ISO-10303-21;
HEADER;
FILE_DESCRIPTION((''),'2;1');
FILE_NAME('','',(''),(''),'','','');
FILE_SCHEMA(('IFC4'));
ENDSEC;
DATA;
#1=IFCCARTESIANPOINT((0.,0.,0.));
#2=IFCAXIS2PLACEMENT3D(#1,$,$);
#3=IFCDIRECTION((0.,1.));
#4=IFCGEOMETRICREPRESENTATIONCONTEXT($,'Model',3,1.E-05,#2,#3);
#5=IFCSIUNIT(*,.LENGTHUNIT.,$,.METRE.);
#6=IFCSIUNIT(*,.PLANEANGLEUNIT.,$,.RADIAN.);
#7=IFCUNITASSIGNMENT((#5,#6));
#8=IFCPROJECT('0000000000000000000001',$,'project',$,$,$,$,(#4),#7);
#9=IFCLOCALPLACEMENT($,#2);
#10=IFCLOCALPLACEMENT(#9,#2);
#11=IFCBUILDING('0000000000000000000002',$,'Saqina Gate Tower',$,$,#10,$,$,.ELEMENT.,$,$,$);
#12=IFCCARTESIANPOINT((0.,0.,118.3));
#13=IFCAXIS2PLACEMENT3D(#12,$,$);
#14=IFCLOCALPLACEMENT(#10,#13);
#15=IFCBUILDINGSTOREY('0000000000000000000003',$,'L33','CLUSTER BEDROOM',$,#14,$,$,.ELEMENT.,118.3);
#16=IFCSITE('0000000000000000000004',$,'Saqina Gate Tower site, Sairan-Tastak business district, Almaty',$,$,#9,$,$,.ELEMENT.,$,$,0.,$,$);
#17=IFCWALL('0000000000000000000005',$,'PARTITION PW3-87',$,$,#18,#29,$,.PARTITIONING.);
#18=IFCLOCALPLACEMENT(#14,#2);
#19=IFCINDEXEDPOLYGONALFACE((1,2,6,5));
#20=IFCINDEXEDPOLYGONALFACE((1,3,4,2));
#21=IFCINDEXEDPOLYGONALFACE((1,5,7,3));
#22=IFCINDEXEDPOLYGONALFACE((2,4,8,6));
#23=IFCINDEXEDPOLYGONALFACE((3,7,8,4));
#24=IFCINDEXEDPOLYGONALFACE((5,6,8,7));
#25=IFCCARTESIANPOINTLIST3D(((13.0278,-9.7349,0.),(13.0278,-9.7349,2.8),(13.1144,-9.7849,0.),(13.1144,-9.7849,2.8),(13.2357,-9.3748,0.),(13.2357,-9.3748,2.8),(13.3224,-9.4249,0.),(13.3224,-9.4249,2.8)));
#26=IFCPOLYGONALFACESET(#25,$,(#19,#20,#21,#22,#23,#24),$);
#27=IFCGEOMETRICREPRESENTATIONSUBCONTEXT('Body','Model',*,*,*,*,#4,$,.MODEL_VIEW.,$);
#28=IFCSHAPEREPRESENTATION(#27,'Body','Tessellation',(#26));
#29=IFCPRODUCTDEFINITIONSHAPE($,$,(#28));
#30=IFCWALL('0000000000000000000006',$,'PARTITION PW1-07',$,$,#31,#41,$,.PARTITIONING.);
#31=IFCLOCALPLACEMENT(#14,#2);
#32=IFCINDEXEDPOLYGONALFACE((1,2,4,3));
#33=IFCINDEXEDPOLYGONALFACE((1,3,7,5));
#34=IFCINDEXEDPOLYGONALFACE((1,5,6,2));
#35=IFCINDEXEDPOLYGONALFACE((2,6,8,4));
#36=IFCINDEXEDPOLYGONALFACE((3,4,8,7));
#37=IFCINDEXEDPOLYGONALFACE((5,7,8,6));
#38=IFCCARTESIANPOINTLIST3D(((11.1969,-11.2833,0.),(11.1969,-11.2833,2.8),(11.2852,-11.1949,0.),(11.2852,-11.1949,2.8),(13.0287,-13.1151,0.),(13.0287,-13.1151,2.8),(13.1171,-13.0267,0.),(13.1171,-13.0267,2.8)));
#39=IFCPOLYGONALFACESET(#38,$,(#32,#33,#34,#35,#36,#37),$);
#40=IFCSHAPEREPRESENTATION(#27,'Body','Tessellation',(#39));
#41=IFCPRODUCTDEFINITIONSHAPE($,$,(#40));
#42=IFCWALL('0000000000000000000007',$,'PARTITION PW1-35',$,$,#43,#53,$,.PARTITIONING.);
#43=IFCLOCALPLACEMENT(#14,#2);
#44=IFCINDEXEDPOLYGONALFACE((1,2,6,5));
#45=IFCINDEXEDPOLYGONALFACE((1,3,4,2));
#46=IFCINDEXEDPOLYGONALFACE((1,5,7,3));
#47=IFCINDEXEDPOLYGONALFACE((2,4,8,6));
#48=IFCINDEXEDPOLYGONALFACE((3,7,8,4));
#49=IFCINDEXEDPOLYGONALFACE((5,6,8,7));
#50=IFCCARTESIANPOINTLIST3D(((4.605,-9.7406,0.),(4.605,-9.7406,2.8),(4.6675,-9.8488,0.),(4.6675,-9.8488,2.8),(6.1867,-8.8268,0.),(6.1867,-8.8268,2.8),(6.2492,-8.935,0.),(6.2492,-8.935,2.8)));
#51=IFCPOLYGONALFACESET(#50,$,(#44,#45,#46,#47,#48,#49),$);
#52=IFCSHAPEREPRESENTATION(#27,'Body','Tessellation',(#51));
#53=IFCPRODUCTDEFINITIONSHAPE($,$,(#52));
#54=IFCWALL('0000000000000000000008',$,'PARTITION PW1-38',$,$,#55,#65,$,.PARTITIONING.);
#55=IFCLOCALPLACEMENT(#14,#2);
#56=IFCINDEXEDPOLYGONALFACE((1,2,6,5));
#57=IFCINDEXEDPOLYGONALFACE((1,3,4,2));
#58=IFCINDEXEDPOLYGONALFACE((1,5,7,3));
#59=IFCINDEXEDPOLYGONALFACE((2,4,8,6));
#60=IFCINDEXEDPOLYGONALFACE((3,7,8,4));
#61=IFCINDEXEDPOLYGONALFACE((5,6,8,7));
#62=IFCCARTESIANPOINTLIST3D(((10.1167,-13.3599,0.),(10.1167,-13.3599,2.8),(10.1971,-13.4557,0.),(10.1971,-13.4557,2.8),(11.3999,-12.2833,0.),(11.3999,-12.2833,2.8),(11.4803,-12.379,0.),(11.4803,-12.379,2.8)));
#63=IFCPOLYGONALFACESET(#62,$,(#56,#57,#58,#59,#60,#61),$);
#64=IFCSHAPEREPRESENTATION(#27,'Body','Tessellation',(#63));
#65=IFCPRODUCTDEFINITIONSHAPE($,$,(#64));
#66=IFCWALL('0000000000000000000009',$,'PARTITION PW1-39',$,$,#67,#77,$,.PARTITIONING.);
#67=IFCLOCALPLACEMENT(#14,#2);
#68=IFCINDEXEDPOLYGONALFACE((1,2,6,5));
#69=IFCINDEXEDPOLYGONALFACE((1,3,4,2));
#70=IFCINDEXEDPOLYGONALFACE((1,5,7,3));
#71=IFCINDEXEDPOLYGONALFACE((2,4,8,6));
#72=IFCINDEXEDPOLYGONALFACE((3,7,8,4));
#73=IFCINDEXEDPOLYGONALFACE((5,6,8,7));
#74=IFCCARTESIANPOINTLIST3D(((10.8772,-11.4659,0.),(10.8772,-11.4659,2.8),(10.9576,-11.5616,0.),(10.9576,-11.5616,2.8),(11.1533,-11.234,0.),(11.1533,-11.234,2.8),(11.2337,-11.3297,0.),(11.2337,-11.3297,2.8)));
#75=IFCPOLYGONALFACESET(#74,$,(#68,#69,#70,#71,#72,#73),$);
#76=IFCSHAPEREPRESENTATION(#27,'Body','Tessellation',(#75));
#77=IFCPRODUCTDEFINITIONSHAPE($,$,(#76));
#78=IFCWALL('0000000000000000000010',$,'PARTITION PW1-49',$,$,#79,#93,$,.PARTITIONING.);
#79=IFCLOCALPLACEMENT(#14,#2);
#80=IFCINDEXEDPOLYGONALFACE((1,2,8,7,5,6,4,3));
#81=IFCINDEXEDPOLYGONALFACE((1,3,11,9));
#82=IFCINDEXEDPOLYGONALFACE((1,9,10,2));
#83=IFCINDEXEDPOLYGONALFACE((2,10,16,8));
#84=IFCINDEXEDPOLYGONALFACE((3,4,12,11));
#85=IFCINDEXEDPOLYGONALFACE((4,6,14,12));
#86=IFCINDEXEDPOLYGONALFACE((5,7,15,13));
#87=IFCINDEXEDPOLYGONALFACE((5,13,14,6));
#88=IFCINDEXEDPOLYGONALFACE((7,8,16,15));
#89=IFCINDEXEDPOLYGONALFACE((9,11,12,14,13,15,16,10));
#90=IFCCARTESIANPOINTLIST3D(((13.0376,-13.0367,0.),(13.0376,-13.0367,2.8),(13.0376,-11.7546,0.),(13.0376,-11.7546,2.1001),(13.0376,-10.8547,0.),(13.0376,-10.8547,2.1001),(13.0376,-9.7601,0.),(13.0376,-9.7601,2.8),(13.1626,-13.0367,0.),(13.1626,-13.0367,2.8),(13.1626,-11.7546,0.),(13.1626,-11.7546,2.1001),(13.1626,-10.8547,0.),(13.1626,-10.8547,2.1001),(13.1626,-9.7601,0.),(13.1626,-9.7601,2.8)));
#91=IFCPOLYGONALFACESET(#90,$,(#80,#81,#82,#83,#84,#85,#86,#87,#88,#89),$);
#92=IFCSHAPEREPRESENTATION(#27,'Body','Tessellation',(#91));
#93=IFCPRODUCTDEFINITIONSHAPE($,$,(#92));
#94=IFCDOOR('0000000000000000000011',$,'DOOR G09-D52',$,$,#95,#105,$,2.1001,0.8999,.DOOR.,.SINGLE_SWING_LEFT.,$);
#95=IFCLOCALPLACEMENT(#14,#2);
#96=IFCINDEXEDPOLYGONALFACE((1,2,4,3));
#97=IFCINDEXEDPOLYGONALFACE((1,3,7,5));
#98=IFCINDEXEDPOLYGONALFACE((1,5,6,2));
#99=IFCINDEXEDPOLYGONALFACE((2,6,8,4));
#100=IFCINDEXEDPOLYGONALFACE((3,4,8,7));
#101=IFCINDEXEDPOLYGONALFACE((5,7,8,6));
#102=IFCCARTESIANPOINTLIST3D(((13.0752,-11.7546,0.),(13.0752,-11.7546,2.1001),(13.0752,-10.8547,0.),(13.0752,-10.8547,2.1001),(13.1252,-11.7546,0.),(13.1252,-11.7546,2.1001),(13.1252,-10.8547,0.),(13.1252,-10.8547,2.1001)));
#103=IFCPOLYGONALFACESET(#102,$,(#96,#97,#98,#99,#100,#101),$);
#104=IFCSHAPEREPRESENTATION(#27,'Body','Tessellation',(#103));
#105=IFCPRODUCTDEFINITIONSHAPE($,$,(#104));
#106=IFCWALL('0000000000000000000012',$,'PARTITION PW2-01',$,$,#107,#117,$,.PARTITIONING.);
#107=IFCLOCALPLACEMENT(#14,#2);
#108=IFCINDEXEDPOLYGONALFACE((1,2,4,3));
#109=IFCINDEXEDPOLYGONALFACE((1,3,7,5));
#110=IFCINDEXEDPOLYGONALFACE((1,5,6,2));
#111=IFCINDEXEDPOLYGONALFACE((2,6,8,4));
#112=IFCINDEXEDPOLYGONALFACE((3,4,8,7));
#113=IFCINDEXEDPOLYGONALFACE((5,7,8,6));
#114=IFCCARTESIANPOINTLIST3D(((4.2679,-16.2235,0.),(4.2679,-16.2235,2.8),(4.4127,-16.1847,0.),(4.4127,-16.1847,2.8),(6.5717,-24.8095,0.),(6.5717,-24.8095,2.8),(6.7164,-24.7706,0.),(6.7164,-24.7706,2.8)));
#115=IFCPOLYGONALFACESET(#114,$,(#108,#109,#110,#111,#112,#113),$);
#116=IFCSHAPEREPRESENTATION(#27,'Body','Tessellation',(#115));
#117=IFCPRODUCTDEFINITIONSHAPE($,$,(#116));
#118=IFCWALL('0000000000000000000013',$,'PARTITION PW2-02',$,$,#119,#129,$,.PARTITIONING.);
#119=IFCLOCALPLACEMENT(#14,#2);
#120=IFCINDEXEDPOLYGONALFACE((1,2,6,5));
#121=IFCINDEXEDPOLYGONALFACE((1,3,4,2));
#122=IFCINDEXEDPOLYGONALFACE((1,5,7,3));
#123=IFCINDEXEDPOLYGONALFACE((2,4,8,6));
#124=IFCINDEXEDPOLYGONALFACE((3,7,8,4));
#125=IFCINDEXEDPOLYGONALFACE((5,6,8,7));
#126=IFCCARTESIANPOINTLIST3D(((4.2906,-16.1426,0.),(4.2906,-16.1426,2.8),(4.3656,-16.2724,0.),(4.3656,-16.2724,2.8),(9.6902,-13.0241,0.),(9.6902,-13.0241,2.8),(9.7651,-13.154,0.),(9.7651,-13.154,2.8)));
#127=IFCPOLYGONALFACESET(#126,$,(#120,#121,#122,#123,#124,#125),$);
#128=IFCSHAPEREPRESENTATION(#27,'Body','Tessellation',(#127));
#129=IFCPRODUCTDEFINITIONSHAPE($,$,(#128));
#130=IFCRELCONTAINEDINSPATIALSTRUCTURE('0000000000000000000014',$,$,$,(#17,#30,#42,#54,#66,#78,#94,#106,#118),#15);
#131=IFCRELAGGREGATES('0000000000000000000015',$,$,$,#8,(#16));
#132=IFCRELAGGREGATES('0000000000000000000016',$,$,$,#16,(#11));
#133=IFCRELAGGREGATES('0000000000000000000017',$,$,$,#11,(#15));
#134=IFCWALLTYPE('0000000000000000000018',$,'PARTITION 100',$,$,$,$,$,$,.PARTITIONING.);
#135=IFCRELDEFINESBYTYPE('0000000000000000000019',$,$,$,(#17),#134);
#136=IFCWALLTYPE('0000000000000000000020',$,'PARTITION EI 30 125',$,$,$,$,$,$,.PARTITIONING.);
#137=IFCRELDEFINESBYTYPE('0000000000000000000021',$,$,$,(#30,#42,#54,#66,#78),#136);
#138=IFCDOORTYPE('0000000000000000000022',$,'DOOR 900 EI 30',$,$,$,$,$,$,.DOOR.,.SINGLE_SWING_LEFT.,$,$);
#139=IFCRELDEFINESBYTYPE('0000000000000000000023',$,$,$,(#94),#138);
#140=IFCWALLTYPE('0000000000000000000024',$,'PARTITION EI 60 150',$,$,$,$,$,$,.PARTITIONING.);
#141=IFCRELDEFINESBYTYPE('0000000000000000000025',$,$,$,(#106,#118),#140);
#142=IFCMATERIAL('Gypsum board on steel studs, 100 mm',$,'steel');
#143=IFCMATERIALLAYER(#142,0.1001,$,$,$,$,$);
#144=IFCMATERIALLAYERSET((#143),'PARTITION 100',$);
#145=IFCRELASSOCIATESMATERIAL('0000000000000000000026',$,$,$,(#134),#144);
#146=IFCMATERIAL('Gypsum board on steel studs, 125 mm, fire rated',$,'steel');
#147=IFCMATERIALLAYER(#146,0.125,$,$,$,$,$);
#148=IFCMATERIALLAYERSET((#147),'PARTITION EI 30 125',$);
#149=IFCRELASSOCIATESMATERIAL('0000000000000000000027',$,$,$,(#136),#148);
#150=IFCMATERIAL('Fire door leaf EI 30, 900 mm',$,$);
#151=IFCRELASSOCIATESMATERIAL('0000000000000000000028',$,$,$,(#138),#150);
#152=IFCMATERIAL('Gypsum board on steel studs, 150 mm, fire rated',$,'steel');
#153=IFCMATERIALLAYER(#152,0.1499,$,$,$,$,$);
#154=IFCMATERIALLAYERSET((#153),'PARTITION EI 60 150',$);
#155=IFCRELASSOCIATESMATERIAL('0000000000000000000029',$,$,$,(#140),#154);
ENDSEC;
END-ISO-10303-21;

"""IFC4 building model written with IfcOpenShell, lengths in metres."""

from ifc_helpers import new_model, si_unit, direction, frame, frame_2d, origin, place, context, subcontext, project, spatial, rectangle, extrude, material, layer, layer_set, type_object, element, fill, save


model = new_model("IFC4")

# Units and contexts
model_context = context("Model", 3, precision=1e-05, world=origin(), true_north=direction((0.0, 1.0)))
body_context = subcontext(model_context, "Body", "Model", "MODEL_VIEW")
ifc_project = project(units=[si_unit("LENGTHUNIT", "METRE"), si_unit("PLANEANGLEUNIT", "RADIAN")], contexts=[model_context])

# Site, building, storey
site_placement = place(None, origin())
site = spatial("IfcSite", under=ifc_project, at=site_placement, Name="Saqina Gate Tower site, Sairan-Tastak business district, Almaty", CompositionType="ELEMENT", RefElevation=0.0)
building_placement = place(site_placement, origin())
building = spatial("IfcBuilding", under=site, at=building_placement, Name="Saqina Gate Tower", CompositionType="ELEMENT")
storey_placement = place(building_placement, frame((0.0, 0.0, 118.3)))
storey = spatial("IfcBuildingStorey", under=building, at=storey_placement, Name="L33", Description="CLUSTER BEDROOM", CompositionType="ELEMENT", Elevation=118.3)

# Shared definitions
ifc_material_1 = material(Name="Gypsum board on steel studs, 100 mm", Category="steel")
ifc_layer_1 = layer(ifc_material_1, 0.1001)
ifc_layer_set_1 = layer_set([ifc_layer_1], Name="PARTITION 100")
wall_type_1 = type_object("IfcWallType", Name="PARTITION 100", PredefinedType="PARTITIONING", material=ifc_layer_set_1)

# Walls
wall_1_placement = place(storey_placement, frame((13.071, -9.76, 0.0), z_axis=(0.0, 0.0, 1.0), x_axis=(0.50018, 0.865922, 0.0)))
element("IfcWall", 1, at=wall_1_placement, inside=storey, type_object=wall_type_1, Name="PARTITION PW3-87", PredefinedType="PARTITIONING", context=body_context, shape_type="SweptSolid", body=[
    extrude(rectangle(XDim=0.4158, YDim=0.1001, at=frame_2d((0.208, 0.0))), origin(), (0.0, 0.0, 1.0), 2.8),
])
ifc_material_2 = material(Name="Gypsum board on steel studs, 125 mm, fire rated", Category="steel")
ifc_layer_2 = layer(ifc_material_2, 0.125)
ifc_layer_set_2 = layer_set([ifc_layer_2], Name="PARTITION EI 30 125")
wall_type_2 = type_object("IfcWallType", Name="PARTITION EI 30 125", PredefinedType="PARTITIONING", material=ifc_layer_set_2)
wall_2_placement = place(storey_placement, frame((11.241, -11.239, 0.0), z_axis=(0.0, 0.0, 1.0), x_axis=(0.707107, -0.707107, 0.0)))
element("IfcWall", 2, at=wall_2_placement, inside=storey, type_object=wall_type_2, Name="PARTITION PW1-07", PredefinedType="PARTITIONING", context=body_context, shape_type="SweptSolid", body=[
    extrude(rectangle(XDim=2.5906, YDim=0.125, at=frame_2d((1.2954, 0.0))), origin(), (0.0, 0.0, 1.0), 2.8),
])
wall_3_placement = place(storey_placement, frame((4.6362, -9.7947, 0.0), z_axis=(0.0, 0.0, 1.0), x_axis=(0.86589, 0.500235, 0.0)))
element("IfcWall", 3, at=wall_3_placement, inside=storey, type_object=wall_type_2, Name="PARTITION PW1-35", PredefinedType="PARTITIONING", context=body_context, shape_type="SweptSolid", body=[
    extrude(rectangle(XDim=1.8267, YDim=0.125, at=frame_2d((0.9133, 0.0))), origin(), (0.0, 0.0, 1.0), 2.8),
])
wall_4_placement = place(storey_placement, frame((10.157, -13.4077, 0.0), z_axis=(0.0, 0.0, 1.0), x_axis=(0.766067, 0.642761, 0.0)))
element("IfcWall", 4, at=wall_4_placement, inside=storey, type_object=wall_type_2, Name="PARTITION PW1-38", PredefinedType="PARTITIONING", context=body_context, shape_type="SweptSolid", body=[
    extrude(rectangle(XDim=1.675, YDim=0.125, at=frame_2d((0.8374, 0.0))), origin(), (0.0, 0.0, 1.0), 2.8),
])
wall_5_placement = place(storey_placement, frame((10.9175, -11.5137, 0.0), z_axis=(0.0, 0.0, 1.0), x_axis=(0.765718, 0.643176, 0.0)))
element("IfcWall", 5, at=wall_5_placement, inside=storey, type_object=wall_type_2, Name="PARTITION PW1-39", PredefinedType="PARTITIONING", context=body_context, shape_type="SweptSolid", body=[
    extrude(rectangle(XDim=0.3606, YDim=0.125, at=frame_2d((0.1802, 0.0))), origin(), (0.0, 0.0, 1.0), 2.8),
])

# Wall, opening, door
wall_6_placement = place(storey_placement, frame((13.1001, -13.0366, 0.0), z_axis=(0.0, 0.0, 1.0), x_axis=(0.0, 1.0, 0.0)))
wall_6 = element("IfcWall", 6, at=wall_6_placement, inside=storey, type_object=wall_type_2, Name="PARTITION PW1-49", PredefinedType="PARTITIONING", context=body_context, shape_type="SweptSolid", body=[
    extrude(rectangle(XDim=3.2766, YDim=0.125, at=frame_2d((1.6382, 0.0))), origin(), (0.0, 0.0, 1.0), 2.8),
])
opening_1_placement = place(wall_6_placement, frame((1.282, 0.0, 0.0)))
opening_1 = element("IfcOpeningElement", 7, at=opening_1_placement, cuts=wall_6, PredefinedType="OPENING", context=body_context, shape_type="SweptSolid", body=[
    extrude(rectangle(XDim=0.8999, YDim=2.1001, at=frame_2d((0.45, 1.05))), frame((0.0, 0.0745, 0.0), z_axis=(0.0, -1.0, 0.0), x_axis=(1.0, 0.0, 0.0)), (0.0, 0.0, 1.0), 0.1489),
])
ifc_material_3 = material(Name="Fire door leaf EI 30, 900 mm")
door_type_1 = type_object("IfcDoorType", Name="DOOR 900 EI 30", OperationType="SINGLE_SWING_LEFT", PredefinedType="DOOR", material=ifc_material_3)
door_1_placement = place(opening_1_placement, origin())
door_1 = element("IfcDoor", 8, at=door_1_placement, inside=storey, type_object=door_type_1, Name="DOOR G09-D52", OperationType="SINGLE_SWING_LEFT", OverallHeight=2.1001, OverallWidth=0.8999, PredefinedType="DOOR", context=body_context, shape_type="SweptSolid", body=[
    extrude(rectangle(XDim=0.8999, YDim=2.1001, at=frame_2d((0.45, 1.05))), frame((0.0, 0.0249, 0.0), z_axis=(0.0, -1.0, 0.0), x_axis=(1.0, 0.0, 0.0)), (0.0, 0.0, 1.0), 0.05),
])
fill(opening_1, door_1)

# Walls
ifc_material_4 = material(Name="Gypsum board on steel studs, 150 mm, fire rated", Category="steel")
ifc_layer_3 = layer(ifc_material_4, 0.1499)
ifc_layer_set_3 = layer_set([ifc_layer_3], Name="PARTITION EI 60 150")
wall_type_3 = type_object("IfcWallType", Name="PARTITION EI 60 150", PredefinedType="PARTITIONING", material=ifc_layer_set_3)
wall_7_placement = place(storey_placement, frame((4.3403, -16.2041, 0.0), z_axis=(0.0, 0.0, 1.0), x_axis=(0.259146, -0.965838, 0.0)))
element("IfcWall", 9, at=wall_7_placement, inside=storey, type_object=wall_type_3, Name="PARTITION PW2-01", PredefinedType="PARTITIONING", context=body_context, shape_type="SweptSolid", body=[
    extrude(rectangle(XDim=8.8896, YDim=0.1499, at=frame_2d((4.4448, 0.0))), origin(), (0.0, 0.0, 1.0), 2.8),
])
wall_8_placement = place(storey_placement, frame((4.3281, -16.2075, 0.0), z_axis=(0.0, 0.0, 1.0), x_axis=(0.865952, 0.500127, 0.0)))
element("IfcWall", 10, at=wall_8_placement, inside=storey, type_object=wall_type_3, Name="PARTITION PW2-02", PredefinedType="PARTITIONING", context=body_context, shape_type="SweptSolid", body=[
    extrude(rectangle(XDim=6.2354, YDim=0.1499, at=frame_2d((3.1177, 0.0))), origin(), (0.0, 0.0, 1.0), 2.8),
])

save(model, "model.ifc")
